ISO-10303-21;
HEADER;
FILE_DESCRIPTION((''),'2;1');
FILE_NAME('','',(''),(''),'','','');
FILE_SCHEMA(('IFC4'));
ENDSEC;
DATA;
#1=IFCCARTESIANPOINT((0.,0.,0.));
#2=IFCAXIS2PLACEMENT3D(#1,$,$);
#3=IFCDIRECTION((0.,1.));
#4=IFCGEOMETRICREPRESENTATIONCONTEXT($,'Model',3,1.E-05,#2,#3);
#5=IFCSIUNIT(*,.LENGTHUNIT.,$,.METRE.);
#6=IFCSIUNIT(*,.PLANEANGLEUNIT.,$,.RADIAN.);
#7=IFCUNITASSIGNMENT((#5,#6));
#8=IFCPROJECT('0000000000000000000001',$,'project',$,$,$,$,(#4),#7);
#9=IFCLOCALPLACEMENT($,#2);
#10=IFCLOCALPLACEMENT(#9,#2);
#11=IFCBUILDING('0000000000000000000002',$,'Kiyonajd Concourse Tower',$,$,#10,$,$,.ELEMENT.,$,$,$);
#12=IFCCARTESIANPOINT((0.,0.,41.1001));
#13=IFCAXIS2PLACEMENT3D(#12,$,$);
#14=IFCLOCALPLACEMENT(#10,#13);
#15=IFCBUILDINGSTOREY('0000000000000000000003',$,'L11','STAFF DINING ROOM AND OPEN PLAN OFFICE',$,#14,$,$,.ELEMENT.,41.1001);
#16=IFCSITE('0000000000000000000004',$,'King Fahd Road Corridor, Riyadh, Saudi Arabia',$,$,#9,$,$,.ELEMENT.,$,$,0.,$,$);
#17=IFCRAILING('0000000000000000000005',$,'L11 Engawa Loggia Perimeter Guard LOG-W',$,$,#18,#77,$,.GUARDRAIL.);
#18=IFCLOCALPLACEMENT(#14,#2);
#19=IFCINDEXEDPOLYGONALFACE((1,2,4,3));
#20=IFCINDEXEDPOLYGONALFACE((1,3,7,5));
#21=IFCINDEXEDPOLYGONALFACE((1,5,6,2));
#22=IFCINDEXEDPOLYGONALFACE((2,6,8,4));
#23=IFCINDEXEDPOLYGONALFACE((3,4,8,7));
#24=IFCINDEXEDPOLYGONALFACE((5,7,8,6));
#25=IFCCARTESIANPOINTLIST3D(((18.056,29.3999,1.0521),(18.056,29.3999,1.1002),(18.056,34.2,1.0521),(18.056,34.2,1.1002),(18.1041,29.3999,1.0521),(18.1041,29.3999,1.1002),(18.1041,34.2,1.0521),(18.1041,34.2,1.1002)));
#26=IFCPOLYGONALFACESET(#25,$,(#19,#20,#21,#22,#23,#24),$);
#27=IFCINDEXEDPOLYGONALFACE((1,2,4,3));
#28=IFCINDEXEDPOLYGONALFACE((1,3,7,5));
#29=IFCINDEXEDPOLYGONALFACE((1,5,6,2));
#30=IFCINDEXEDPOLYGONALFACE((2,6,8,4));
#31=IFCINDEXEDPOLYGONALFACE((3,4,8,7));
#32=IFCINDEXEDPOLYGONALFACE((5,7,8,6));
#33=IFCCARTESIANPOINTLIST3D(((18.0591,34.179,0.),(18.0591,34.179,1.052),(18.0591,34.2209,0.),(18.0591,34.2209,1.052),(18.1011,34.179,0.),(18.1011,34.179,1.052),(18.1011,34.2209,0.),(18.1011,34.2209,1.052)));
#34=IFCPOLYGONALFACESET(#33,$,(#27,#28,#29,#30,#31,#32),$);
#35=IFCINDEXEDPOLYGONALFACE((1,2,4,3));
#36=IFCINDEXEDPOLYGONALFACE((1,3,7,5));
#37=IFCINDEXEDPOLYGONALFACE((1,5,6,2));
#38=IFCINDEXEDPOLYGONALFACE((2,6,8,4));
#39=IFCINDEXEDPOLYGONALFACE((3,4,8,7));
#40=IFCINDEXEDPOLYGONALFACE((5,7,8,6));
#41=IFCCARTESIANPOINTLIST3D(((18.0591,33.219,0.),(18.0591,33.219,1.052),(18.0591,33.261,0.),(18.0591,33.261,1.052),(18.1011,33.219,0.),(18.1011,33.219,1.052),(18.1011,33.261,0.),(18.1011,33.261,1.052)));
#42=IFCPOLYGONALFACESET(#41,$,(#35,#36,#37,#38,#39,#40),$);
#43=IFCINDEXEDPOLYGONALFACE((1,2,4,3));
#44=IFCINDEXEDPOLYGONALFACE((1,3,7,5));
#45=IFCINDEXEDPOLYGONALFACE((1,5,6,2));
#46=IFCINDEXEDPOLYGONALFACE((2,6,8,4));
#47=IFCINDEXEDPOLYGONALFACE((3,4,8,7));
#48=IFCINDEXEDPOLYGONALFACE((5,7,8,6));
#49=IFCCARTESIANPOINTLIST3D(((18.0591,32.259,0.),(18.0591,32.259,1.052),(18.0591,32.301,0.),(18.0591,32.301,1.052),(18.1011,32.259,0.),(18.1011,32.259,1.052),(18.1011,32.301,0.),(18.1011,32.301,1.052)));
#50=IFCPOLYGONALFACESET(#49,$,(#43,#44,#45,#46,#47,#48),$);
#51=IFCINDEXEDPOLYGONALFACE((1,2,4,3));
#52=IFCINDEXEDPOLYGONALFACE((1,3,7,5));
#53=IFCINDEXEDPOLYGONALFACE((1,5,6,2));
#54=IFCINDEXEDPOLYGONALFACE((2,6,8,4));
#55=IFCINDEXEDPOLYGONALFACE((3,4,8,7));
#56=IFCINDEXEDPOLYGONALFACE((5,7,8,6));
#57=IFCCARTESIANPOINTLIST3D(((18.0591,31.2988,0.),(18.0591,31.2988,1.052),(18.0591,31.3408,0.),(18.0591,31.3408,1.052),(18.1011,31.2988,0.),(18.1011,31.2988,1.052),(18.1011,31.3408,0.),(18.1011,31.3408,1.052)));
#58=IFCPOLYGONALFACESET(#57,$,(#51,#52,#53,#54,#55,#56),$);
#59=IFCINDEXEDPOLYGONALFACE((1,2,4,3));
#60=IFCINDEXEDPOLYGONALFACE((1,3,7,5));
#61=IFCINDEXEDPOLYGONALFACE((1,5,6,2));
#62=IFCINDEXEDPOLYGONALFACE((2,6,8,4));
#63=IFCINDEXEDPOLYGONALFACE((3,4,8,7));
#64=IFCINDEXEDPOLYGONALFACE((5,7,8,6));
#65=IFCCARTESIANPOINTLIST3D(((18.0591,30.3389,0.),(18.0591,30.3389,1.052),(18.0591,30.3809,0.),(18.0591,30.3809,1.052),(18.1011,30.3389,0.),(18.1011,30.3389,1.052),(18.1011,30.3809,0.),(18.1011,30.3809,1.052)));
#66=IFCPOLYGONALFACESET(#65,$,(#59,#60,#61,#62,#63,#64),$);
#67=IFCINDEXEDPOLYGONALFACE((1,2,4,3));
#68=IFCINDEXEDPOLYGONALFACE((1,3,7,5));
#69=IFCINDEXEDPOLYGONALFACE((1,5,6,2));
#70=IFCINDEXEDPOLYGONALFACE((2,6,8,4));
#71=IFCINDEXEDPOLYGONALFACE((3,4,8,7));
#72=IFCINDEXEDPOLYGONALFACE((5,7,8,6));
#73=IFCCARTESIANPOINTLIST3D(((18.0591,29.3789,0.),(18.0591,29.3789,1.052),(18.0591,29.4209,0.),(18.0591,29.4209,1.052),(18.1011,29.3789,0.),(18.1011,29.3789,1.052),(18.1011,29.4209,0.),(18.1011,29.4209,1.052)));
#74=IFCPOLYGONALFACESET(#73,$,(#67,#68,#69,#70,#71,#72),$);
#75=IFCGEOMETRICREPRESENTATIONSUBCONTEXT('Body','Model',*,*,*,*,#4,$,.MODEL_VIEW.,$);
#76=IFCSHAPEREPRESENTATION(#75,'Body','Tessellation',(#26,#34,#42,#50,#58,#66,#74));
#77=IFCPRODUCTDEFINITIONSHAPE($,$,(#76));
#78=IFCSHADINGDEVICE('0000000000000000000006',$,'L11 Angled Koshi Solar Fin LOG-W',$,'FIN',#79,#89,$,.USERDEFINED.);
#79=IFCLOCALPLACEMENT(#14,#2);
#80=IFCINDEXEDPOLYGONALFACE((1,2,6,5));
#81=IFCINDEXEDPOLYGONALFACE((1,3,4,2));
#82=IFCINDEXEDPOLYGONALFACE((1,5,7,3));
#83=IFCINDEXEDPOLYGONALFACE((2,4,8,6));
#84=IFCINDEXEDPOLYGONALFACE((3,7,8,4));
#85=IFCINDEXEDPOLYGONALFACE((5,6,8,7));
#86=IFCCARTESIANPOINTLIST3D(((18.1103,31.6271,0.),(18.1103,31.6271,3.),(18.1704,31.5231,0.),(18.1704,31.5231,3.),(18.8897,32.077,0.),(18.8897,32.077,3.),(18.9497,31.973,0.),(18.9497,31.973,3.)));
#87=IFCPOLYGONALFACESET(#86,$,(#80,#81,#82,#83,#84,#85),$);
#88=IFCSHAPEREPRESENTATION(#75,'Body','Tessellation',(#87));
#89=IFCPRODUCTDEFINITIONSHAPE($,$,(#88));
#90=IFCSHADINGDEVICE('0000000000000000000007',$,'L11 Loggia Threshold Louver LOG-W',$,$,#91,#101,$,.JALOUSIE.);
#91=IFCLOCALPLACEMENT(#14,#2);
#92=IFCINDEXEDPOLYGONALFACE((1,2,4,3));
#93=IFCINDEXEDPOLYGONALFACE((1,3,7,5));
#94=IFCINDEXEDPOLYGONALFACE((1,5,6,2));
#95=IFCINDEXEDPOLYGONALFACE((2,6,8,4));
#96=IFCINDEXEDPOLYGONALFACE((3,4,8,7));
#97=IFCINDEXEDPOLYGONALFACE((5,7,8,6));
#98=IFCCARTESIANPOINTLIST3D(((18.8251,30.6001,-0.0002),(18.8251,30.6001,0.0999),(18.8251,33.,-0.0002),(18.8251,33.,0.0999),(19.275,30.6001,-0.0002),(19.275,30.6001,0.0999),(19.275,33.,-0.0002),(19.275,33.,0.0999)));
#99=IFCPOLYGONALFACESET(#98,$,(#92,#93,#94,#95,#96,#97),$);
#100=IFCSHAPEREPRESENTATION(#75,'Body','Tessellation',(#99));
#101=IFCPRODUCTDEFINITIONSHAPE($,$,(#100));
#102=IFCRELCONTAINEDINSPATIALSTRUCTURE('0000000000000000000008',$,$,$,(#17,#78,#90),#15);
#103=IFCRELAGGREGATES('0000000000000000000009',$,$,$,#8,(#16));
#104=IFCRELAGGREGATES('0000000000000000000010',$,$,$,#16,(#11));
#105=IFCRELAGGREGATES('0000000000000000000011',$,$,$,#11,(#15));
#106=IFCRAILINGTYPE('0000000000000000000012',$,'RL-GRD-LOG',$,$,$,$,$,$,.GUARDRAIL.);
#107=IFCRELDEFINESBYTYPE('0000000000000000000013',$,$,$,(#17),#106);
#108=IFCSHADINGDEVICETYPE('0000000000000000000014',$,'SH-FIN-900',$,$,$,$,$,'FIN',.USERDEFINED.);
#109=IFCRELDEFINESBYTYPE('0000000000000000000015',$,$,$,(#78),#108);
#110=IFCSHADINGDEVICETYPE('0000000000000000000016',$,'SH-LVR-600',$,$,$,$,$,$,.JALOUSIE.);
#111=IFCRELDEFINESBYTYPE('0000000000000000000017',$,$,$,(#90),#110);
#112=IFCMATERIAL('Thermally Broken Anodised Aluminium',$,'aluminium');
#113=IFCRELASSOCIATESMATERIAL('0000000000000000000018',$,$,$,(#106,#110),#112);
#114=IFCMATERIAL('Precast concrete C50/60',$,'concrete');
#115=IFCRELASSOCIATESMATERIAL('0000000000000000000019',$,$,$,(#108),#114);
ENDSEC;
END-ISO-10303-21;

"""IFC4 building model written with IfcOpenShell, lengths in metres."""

from ifc_helpers import new_model, si_unit, direction, frame, origin, origin_2d, place, context, subcontext, project, spatial, rectangle, extrude, material, type_object, element, save


model = new_model("IFC4")

# Units and contexts
model_context = context("Model", 3, precision=1e-05, world=origin(), true_north=direction((0.0, 1.0)))
body_context = subcontext(model_context, "Body", "Model", "MODEL_VIEW")
ifc_project = project(units=[si_unit("LENGTHUNIT", "METRE"), si_unit("PLANEANGLEUNIT", "RADIAN")], contexts=[model_context])

# Site, building, storey
site_placement = place(None, origin())
site = spatial("IfcSite", under=ifc_project, at=site_placement, Name="King Fahd Road Corridor, Riyadh, Saudi Arabia", CompositionType="ELEMENT", RefElevation=0.0)
building_placement = place(site_placement, origin())
building = spatial("IfcBuilding", under=site, at=building_placement, Name="Kiyonajd Concourse Tower", CompositionType="ELEMENT")
storey_placement = place(building_placement, frame((0.0, 0.0, 41.1001)))
storey = spatial("IfcBuildingStorey", under=building, at=storey_placement, Name="L11", Description="STAFF DINING ROOM AND OPEN PLAN OFFICE", CompositionType="ELEMENT", Elevation=41.1001)

# Shared definitions
ifc_material_1 = material(Name="Precast concrete C50/60", Category="concrete")

# Shared definitions
ifc_material_2 = material(Name="Thermally Broken Anodised Aluminium", Category="aluminium")

# Railing
railing_type = type_object("IfcRailingType", Name="RL-GRD-LOG", PredefinedType="GUARDRAIL", material=ifc_material_2)
railing_placement = place(storey_placement, frame((18.0801, 34.2, 0.0)))
element("IfcRailing", 1, at=railing_placement, inside=storey, type_object=railing_type, Name="L11 Engawa Loggia Perimeter Guard LOG-W", PredefinedType="GUARDRAIL", context=body_context, shape_type="SweptSolid", body=[
    extrude(rectangle(XDim=0.0481, YDim=0.0481, at=origin_2d()), frame((0.0, 0.0, 1.0762), z_axis=(0.0, -1.0, 0.0), x_axis=(1.0, 0.0, 0.0)), (0.0, 0.0, 1.0), 4.8),
    extrude(rectangle(XDim=0.042, YDim=0.042, at=origin_2d()), origin(), (0.0, 0.0, 1.0), 1.052),
    extrude(rectangle(XDim=0.042, YDim=0.042, at=origin_2d()), frame((0.0, -0.96, 0.0)), (0.0, 0.0, 1.0), 1.052),
    extrude(rectangle(XDim=0.042, YDim=0.042, at=origin_2d()), frame((0.0, -1.9199, 0.0)), (0.0, 0.0, 1.0), 1.052),
    extrude(rectangle(XDim=0.042, YDim=0.042, at=origin_2d()), frame((0.0, -2.8801, 0.0)), (0.0, 0.0, 1.0), 1.052),
    extrude(rectangle(XDim=0.042, YDim=0.042, at=origin_2d()), frame((0.0, -3.8401, 0.0)), (0.0, 0.0, 1.0), 1.052),
    extrude(rectangle(XDim=0.042, YDim=0.042, at=origin_2d()), frame((0.0, -4.8, 0.0)), (0.0, 0.0, 1.0), 1.052),
])

# Shading devices
shading_device_type_1 = type_object("IfcShadingDeviceType", Name="SH-FIN-900", ElementType="FIN", PredefinedType="USERDEFINED", material=ifc_material_1)
shading_device_1_placement = place(storey_placement, frame((18.53, 31.8, 0.0), z_axis=(0.0, 0.0, 1.0), x_axis=(0.866025, 0.5, 0.0)))
element("IfcShadingDevice", 2, at=shading_device_1_placement, inside=storey, type_object=shading_device_type_1, Name="L11 Angled Koshi Solar Fin LOG-W", ObjectType="FIN", PredefinedType="USERDEFINED", context=body_context, shape_type="SweptSolid", body=[
    extrude(rectangle(XDim=0.8999, YDim=0.1201, at=origin_2d()), origin(), (0.0, 0.0, 1.0), 3.0),
])
shading_device_type_2 = type_object("IfcShadingDeviceType", Name="SH-LVR-600", PredefinedType="JALOUSIE", material=ifc_material_2)
shading_device_2_placement = place(storey_placement, frame((19.05, 31.8, -0.0002), z_axis=(0.0, 0.0, 1.0), x_axis=(0.0, 1.0, 0.0)))
element("IfcShadingDevice", 3, at=shading_device_2_placement, inside=storey, type_object=shading_device_type_2, Name="L11 Loggia Threshold Louver LOG-W", PredefinedType="JALOUSIE", context=body_context, shape_type="SweptSolid", body=[
    extrude(rectangle(XDim=2.3999, YDim=0.45, at=origin_2d()), origin(), (0.0, 0.0, 1.0), 0.1001),
])

save(model, "model.ifc")
